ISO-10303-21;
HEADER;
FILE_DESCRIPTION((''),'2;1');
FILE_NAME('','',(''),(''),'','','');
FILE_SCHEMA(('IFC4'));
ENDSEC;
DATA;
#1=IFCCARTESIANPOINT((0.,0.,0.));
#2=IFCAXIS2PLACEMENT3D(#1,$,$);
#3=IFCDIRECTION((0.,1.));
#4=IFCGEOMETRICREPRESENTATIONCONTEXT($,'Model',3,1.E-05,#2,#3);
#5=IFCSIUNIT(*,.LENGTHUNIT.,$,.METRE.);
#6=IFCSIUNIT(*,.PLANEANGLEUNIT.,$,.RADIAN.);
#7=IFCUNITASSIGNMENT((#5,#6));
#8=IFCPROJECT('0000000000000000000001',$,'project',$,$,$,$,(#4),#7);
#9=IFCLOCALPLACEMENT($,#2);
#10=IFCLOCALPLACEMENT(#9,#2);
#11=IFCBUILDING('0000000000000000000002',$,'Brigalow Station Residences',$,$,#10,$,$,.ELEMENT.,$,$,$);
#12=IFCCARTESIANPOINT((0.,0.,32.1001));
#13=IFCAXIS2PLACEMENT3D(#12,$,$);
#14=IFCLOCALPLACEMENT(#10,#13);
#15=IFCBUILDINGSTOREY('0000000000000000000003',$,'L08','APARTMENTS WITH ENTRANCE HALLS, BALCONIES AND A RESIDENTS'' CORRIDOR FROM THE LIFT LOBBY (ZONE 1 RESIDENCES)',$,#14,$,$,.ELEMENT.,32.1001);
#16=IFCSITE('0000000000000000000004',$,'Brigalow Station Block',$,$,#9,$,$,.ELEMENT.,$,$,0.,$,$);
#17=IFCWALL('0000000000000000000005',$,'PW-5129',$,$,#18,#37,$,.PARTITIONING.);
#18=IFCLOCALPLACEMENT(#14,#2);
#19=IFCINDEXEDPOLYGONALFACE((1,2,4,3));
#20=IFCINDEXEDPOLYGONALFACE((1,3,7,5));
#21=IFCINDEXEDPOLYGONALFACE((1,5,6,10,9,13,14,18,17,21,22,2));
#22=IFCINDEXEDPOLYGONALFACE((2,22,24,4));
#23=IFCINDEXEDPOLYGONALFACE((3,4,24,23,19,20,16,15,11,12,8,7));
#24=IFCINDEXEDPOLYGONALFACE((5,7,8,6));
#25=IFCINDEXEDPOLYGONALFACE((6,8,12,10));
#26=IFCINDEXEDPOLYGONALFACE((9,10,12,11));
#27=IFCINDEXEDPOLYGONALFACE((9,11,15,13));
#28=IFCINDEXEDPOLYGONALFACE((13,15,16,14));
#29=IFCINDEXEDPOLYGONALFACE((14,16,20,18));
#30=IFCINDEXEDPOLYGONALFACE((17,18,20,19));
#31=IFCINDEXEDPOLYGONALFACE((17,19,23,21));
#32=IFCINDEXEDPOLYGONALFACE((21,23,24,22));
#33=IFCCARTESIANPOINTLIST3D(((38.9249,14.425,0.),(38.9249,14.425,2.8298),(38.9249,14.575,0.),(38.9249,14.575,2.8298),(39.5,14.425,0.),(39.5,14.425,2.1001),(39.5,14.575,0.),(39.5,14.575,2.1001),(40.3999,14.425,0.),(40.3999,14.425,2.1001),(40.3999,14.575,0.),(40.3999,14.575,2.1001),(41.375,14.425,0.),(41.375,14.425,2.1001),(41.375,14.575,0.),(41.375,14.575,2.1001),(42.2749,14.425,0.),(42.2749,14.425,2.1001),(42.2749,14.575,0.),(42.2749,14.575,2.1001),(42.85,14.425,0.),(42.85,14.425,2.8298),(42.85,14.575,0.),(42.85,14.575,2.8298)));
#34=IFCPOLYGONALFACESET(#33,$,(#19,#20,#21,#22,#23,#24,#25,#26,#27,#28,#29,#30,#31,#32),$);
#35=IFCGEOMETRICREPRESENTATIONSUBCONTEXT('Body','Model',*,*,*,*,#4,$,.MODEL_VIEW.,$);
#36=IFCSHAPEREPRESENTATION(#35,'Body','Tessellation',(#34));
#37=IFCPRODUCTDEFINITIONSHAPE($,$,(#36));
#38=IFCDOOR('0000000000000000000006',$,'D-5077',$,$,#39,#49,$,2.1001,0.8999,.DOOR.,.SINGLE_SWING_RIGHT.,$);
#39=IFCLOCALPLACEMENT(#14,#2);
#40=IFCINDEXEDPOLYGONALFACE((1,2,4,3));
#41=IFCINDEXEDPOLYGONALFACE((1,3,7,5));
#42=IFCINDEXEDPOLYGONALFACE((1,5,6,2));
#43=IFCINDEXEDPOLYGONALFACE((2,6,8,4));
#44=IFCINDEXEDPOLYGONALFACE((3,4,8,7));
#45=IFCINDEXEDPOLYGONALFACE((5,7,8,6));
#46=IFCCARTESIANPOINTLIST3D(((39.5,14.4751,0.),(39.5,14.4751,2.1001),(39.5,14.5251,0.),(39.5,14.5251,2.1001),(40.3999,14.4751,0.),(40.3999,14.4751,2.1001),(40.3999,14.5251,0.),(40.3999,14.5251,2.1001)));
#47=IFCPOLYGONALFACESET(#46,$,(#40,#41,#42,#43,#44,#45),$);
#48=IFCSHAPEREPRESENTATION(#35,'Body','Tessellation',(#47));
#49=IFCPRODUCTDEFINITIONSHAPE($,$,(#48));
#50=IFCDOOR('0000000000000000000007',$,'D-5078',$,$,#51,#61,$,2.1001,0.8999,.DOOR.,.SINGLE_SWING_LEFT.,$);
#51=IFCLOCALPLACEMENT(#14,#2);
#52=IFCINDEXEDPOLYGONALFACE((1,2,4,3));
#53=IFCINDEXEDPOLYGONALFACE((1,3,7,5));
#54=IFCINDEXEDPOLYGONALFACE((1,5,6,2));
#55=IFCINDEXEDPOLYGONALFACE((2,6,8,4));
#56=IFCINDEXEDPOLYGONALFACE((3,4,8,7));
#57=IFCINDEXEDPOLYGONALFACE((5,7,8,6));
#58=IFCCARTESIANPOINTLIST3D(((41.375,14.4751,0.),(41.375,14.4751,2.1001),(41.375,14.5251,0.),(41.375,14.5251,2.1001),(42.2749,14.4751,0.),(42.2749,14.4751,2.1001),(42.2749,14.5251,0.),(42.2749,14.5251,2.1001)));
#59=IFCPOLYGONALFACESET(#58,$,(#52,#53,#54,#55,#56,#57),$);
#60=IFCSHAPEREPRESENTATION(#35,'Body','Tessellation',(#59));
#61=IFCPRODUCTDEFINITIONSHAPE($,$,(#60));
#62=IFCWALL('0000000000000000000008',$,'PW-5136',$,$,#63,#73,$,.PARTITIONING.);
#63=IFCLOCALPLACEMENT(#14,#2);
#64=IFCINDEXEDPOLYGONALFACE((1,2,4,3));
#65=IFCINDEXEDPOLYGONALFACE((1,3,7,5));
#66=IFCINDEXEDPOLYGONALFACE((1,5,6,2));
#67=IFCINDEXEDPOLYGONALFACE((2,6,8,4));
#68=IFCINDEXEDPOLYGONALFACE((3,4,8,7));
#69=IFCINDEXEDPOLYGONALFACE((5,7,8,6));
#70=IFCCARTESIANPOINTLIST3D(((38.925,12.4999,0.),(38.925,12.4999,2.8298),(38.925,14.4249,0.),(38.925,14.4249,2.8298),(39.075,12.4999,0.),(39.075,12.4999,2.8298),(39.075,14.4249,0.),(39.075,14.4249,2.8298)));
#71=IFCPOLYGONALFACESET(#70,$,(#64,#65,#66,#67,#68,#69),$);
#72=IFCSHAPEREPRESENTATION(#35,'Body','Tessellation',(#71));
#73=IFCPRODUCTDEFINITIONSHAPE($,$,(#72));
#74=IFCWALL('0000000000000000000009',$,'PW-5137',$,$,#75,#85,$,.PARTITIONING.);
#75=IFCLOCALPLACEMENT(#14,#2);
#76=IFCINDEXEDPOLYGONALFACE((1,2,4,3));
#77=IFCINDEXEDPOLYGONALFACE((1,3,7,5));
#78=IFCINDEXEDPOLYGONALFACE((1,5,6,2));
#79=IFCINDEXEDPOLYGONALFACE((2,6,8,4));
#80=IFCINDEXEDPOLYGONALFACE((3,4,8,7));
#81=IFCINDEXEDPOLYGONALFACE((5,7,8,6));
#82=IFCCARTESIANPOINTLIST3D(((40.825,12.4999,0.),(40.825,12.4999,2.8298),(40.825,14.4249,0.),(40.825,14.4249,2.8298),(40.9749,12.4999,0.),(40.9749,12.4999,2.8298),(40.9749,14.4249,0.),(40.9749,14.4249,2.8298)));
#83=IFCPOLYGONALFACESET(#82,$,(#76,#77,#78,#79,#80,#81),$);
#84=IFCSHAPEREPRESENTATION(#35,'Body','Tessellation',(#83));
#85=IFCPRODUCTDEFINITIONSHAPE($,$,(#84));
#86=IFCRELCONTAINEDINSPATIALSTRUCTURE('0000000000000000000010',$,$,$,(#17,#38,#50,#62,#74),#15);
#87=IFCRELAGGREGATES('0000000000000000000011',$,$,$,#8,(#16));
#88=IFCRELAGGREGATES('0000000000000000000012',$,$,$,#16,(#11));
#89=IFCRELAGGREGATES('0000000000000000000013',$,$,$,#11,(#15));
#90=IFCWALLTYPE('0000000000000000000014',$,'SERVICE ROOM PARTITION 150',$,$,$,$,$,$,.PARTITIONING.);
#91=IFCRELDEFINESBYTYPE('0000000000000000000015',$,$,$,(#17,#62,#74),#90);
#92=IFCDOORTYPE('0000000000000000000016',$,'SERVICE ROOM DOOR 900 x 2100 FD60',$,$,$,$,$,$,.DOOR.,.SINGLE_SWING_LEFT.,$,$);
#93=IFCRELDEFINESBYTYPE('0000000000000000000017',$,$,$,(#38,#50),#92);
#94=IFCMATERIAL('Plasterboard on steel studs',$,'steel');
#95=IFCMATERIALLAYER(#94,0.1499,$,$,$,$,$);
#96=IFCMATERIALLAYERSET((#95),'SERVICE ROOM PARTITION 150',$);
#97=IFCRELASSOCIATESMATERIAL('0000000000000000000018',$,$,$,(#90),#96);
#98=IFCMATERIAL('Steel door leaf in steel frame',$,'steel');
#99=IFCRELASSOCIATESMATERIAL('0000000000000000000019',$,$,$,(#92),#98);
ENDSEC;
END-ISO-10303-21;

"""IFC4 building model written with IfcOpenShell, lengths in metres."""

from ifc_helpers import new_model, si_unit, direction, frame, frame_2d, origin, place, context, subcontext, project, spatial, rectangle, extrude, material, layer, layer_set, type_object, element, fill, save


model = new_model("IFC4")

# Units and contexts
model_context = context("Model", 3, precision=1e-05, world=origin(), true_north=direction((0.0, 1.0)))
body_context = subcontext(model_context, "Body", "Model", "MODEL_VIEW")
ifc_project = project(units=[si_unit("LENGTHUNIT", "METRE"), si_unit("PLANEANGLEUNIT", "RADIAN")], contexts=[model_context])

# Site, building, storey
site_placement = place(None, origin())
site = spatial("IfcSite", under=ifc_project, at=site_placement, Name="Brigalow Station Block", CompositionType="ELEMENT", RefElevation=0.0)
building_placement = place(site_placement, origin())
building = spatial("IfcBuilding", under=site, at=building_placement, Name="Brigalow Station Residences", CompositionType="ELEMENT")
storey_placement = place(building_placement, frame((0.0, 0.0, 32.1001)))
storey = spatial("IfcBuildingStorey", under=building, at=storey_placement, Name="L08", Description="APARTMENTS WITH ENTRANCE HALLS, BALCONIES AND A RESIDENTS' CORRIDOR FROM THE LIFT LOBBY (ZONE 1 RESIDENCES)", CompositionType="ELEMENT", Elevation=32.1001)

# Wall, openings, doors
ifc_material_1 = material(Name="Plasterboard on steel studs", Category="steel")
ifc_layer_1 = layer(ifc_material_1, 0.1499)
ifc_layer_set_1 = layer_set([ifc_layer_1], Name="SERVICE ROOM PARTITION 150")
wall_type_1 = type_object("IfcWallType", Name="SERVICE ROOM PARTITION 150", PredefinedType="PARTITIONING", material=ifc_layer_set_1)
wall_1_placement = place(storey_placement, frame((38.925, 14.5, 0.0), z_axis=(0.0, 0.0, 1.0), x_axis=(1.0, 0.0, 0.0)))
wall_1 = element("IfcWall", 1, at=wall_1_placement, inside=storey, type_object=wall_type_1, Name="PW-5129", PredefinedType="PARTITIONING", context=body_context, shape_type="SweptSolid", body=[
    extrude(rectangle(XDim=3.925, YDim=0.1499, at=frame_2d((1.9624, 0.0))), origin(), (0.0, 0.0, 1.0), 2.8298),
])
opening_1_placement = place(wall_1_placement, frame((0.575, 0.0, 0.0)))
opening_1 = element("IfcOpeningElement", 2, at=opening_1_placement, cuts=wall_1, PredefinedType="OPENING", context=body_context, shape_type="SweptSolid", body=[
    extrude(rectangle(XDim=0.8999, YDim=2.1001, at=frame_2d((0.45, 1.05))), frame((0.0, 0.085, 0.0), z_axis=(0.0, -1.0, 0.0), x_axis=(1.0, 0.0, 0.0)), (0.0, 0.0, 1.0), 0.1699),
])
opening_2_placement = place(wall_1_placement, frame((2.45, 0.0, 0.0)))
opening_2 = element("IfcOpeningElement", 3, at=opening_2_placement, cuts=wall_1, PredefinedType="OPENING", context=body_context, shape_type="SweptSolid", body=[
    extrude(rectangle(XDim=0.8999, YDim=2.1001, at=frame_2d((0.45, 1.05))), frame((0.0, 0.085, 0.0), z_axis=(0.0, -1.0, 0.0), x_axis=(1.0, 0.0, 0.0)), (0.0, 0.0, 1.0), 0.1699),
])
ifc_material_2 = material(Name="Steel door leaf in steel frame", Category="steel")
door_type = type_object("IfcDoorType", Name="SERVICE ROOM DOOR 900 x 2100 FD60", OperationType="SINGLE_SWING_LEFT", PredefinedType="DOOR", material=ifc_material_2)
door_1_placement = place(opening_1_placement, frame((0.8999, 0.0, 0.0), z_axis=(0.0, 0.0, 1.0), x_axis=(-1.0, 0.0, 0.0)))
door_1 = element("IfcDoor", 4, at=door_1_placement, inside=storey, type_object=door_type, Name="D-5077", OperationType="SINGLE_SWING_RIGHT", OverallHeight=2.1001, OverallWidth=0.8999, PredefinedType="DOOR", context=body_context, shape_type="SweptSolid", body=[
    extrude(rectangle(XDim=0.8999, YDim=2.1001, at=frame_2d((0.45, 1.05))), frame((0.0, 0.0249, 0.0), z_axis=(0.0, -1.0, 0.0), x_axis=(1.0, 0.0, 0.0)), (0.0, 0.0, 1.0), 0.05),
])
fill(opening_1, door_1)
door_2_placement = place(opening_2_placement, frame((0.8999, 0.0, 0.0), z_axis=(0.0, 0.0, 1.0), x_axis=(-1.0, 0.0, 0.0)))
door_2 = element("IfcDoor", 5, at=door_2_placement, inside=storey, type_object=door_type, Name="D-5078", OperationType="SINGLE_SWING_LEFT", OverallHeight=2.1001, OverallWidth=0.8999, PredefinedType="DOOR", context=body_context, shape_type="SweptSolid", body=[
    extrude(rectangle(XDim=0.8999, YDim=2.1001, at=frame_2d((0.45, 1.05))), frame((0.0, 0.0249, 0.0), z_axis=(0.0, -1.0, 0.0), x_axis=(1.0, 0.0, 0.0)), (0.0, 0.0, 1.0), 0.05),
])
fill(opening_2, door_2)

# Walls
for number, where, z_axis, x_axis, name in (
    (6, (39.0, 12.5, 0.0), (0.0, 0.0, 1.0), (0.0, 1.0, 0.0), "PW-5136"),
    (7, (40.8999, 12.5, 0.0), (0.0, 0.0, 1.0), (0.0, 1.0, 0.0), "PW-5137"),
):
    element("IfcWall", number, at=place(storey_placement, frame(where, z_axis=z_axis, x_axis=x_axis)), inside=storey, type_object=wall_type_1, Name=name, PredefinedType="PARTITIONING", context=body_context, shape_type="SweptSolid", body=[
        extrude(rectangle(XDim=1.925, YDim=0.1499, at=frame_2d((0.9624, 0.0))), origin(), (0.0, 0.0, 1.0), 2.8298),
    ])

save(model, "model.ifc")
